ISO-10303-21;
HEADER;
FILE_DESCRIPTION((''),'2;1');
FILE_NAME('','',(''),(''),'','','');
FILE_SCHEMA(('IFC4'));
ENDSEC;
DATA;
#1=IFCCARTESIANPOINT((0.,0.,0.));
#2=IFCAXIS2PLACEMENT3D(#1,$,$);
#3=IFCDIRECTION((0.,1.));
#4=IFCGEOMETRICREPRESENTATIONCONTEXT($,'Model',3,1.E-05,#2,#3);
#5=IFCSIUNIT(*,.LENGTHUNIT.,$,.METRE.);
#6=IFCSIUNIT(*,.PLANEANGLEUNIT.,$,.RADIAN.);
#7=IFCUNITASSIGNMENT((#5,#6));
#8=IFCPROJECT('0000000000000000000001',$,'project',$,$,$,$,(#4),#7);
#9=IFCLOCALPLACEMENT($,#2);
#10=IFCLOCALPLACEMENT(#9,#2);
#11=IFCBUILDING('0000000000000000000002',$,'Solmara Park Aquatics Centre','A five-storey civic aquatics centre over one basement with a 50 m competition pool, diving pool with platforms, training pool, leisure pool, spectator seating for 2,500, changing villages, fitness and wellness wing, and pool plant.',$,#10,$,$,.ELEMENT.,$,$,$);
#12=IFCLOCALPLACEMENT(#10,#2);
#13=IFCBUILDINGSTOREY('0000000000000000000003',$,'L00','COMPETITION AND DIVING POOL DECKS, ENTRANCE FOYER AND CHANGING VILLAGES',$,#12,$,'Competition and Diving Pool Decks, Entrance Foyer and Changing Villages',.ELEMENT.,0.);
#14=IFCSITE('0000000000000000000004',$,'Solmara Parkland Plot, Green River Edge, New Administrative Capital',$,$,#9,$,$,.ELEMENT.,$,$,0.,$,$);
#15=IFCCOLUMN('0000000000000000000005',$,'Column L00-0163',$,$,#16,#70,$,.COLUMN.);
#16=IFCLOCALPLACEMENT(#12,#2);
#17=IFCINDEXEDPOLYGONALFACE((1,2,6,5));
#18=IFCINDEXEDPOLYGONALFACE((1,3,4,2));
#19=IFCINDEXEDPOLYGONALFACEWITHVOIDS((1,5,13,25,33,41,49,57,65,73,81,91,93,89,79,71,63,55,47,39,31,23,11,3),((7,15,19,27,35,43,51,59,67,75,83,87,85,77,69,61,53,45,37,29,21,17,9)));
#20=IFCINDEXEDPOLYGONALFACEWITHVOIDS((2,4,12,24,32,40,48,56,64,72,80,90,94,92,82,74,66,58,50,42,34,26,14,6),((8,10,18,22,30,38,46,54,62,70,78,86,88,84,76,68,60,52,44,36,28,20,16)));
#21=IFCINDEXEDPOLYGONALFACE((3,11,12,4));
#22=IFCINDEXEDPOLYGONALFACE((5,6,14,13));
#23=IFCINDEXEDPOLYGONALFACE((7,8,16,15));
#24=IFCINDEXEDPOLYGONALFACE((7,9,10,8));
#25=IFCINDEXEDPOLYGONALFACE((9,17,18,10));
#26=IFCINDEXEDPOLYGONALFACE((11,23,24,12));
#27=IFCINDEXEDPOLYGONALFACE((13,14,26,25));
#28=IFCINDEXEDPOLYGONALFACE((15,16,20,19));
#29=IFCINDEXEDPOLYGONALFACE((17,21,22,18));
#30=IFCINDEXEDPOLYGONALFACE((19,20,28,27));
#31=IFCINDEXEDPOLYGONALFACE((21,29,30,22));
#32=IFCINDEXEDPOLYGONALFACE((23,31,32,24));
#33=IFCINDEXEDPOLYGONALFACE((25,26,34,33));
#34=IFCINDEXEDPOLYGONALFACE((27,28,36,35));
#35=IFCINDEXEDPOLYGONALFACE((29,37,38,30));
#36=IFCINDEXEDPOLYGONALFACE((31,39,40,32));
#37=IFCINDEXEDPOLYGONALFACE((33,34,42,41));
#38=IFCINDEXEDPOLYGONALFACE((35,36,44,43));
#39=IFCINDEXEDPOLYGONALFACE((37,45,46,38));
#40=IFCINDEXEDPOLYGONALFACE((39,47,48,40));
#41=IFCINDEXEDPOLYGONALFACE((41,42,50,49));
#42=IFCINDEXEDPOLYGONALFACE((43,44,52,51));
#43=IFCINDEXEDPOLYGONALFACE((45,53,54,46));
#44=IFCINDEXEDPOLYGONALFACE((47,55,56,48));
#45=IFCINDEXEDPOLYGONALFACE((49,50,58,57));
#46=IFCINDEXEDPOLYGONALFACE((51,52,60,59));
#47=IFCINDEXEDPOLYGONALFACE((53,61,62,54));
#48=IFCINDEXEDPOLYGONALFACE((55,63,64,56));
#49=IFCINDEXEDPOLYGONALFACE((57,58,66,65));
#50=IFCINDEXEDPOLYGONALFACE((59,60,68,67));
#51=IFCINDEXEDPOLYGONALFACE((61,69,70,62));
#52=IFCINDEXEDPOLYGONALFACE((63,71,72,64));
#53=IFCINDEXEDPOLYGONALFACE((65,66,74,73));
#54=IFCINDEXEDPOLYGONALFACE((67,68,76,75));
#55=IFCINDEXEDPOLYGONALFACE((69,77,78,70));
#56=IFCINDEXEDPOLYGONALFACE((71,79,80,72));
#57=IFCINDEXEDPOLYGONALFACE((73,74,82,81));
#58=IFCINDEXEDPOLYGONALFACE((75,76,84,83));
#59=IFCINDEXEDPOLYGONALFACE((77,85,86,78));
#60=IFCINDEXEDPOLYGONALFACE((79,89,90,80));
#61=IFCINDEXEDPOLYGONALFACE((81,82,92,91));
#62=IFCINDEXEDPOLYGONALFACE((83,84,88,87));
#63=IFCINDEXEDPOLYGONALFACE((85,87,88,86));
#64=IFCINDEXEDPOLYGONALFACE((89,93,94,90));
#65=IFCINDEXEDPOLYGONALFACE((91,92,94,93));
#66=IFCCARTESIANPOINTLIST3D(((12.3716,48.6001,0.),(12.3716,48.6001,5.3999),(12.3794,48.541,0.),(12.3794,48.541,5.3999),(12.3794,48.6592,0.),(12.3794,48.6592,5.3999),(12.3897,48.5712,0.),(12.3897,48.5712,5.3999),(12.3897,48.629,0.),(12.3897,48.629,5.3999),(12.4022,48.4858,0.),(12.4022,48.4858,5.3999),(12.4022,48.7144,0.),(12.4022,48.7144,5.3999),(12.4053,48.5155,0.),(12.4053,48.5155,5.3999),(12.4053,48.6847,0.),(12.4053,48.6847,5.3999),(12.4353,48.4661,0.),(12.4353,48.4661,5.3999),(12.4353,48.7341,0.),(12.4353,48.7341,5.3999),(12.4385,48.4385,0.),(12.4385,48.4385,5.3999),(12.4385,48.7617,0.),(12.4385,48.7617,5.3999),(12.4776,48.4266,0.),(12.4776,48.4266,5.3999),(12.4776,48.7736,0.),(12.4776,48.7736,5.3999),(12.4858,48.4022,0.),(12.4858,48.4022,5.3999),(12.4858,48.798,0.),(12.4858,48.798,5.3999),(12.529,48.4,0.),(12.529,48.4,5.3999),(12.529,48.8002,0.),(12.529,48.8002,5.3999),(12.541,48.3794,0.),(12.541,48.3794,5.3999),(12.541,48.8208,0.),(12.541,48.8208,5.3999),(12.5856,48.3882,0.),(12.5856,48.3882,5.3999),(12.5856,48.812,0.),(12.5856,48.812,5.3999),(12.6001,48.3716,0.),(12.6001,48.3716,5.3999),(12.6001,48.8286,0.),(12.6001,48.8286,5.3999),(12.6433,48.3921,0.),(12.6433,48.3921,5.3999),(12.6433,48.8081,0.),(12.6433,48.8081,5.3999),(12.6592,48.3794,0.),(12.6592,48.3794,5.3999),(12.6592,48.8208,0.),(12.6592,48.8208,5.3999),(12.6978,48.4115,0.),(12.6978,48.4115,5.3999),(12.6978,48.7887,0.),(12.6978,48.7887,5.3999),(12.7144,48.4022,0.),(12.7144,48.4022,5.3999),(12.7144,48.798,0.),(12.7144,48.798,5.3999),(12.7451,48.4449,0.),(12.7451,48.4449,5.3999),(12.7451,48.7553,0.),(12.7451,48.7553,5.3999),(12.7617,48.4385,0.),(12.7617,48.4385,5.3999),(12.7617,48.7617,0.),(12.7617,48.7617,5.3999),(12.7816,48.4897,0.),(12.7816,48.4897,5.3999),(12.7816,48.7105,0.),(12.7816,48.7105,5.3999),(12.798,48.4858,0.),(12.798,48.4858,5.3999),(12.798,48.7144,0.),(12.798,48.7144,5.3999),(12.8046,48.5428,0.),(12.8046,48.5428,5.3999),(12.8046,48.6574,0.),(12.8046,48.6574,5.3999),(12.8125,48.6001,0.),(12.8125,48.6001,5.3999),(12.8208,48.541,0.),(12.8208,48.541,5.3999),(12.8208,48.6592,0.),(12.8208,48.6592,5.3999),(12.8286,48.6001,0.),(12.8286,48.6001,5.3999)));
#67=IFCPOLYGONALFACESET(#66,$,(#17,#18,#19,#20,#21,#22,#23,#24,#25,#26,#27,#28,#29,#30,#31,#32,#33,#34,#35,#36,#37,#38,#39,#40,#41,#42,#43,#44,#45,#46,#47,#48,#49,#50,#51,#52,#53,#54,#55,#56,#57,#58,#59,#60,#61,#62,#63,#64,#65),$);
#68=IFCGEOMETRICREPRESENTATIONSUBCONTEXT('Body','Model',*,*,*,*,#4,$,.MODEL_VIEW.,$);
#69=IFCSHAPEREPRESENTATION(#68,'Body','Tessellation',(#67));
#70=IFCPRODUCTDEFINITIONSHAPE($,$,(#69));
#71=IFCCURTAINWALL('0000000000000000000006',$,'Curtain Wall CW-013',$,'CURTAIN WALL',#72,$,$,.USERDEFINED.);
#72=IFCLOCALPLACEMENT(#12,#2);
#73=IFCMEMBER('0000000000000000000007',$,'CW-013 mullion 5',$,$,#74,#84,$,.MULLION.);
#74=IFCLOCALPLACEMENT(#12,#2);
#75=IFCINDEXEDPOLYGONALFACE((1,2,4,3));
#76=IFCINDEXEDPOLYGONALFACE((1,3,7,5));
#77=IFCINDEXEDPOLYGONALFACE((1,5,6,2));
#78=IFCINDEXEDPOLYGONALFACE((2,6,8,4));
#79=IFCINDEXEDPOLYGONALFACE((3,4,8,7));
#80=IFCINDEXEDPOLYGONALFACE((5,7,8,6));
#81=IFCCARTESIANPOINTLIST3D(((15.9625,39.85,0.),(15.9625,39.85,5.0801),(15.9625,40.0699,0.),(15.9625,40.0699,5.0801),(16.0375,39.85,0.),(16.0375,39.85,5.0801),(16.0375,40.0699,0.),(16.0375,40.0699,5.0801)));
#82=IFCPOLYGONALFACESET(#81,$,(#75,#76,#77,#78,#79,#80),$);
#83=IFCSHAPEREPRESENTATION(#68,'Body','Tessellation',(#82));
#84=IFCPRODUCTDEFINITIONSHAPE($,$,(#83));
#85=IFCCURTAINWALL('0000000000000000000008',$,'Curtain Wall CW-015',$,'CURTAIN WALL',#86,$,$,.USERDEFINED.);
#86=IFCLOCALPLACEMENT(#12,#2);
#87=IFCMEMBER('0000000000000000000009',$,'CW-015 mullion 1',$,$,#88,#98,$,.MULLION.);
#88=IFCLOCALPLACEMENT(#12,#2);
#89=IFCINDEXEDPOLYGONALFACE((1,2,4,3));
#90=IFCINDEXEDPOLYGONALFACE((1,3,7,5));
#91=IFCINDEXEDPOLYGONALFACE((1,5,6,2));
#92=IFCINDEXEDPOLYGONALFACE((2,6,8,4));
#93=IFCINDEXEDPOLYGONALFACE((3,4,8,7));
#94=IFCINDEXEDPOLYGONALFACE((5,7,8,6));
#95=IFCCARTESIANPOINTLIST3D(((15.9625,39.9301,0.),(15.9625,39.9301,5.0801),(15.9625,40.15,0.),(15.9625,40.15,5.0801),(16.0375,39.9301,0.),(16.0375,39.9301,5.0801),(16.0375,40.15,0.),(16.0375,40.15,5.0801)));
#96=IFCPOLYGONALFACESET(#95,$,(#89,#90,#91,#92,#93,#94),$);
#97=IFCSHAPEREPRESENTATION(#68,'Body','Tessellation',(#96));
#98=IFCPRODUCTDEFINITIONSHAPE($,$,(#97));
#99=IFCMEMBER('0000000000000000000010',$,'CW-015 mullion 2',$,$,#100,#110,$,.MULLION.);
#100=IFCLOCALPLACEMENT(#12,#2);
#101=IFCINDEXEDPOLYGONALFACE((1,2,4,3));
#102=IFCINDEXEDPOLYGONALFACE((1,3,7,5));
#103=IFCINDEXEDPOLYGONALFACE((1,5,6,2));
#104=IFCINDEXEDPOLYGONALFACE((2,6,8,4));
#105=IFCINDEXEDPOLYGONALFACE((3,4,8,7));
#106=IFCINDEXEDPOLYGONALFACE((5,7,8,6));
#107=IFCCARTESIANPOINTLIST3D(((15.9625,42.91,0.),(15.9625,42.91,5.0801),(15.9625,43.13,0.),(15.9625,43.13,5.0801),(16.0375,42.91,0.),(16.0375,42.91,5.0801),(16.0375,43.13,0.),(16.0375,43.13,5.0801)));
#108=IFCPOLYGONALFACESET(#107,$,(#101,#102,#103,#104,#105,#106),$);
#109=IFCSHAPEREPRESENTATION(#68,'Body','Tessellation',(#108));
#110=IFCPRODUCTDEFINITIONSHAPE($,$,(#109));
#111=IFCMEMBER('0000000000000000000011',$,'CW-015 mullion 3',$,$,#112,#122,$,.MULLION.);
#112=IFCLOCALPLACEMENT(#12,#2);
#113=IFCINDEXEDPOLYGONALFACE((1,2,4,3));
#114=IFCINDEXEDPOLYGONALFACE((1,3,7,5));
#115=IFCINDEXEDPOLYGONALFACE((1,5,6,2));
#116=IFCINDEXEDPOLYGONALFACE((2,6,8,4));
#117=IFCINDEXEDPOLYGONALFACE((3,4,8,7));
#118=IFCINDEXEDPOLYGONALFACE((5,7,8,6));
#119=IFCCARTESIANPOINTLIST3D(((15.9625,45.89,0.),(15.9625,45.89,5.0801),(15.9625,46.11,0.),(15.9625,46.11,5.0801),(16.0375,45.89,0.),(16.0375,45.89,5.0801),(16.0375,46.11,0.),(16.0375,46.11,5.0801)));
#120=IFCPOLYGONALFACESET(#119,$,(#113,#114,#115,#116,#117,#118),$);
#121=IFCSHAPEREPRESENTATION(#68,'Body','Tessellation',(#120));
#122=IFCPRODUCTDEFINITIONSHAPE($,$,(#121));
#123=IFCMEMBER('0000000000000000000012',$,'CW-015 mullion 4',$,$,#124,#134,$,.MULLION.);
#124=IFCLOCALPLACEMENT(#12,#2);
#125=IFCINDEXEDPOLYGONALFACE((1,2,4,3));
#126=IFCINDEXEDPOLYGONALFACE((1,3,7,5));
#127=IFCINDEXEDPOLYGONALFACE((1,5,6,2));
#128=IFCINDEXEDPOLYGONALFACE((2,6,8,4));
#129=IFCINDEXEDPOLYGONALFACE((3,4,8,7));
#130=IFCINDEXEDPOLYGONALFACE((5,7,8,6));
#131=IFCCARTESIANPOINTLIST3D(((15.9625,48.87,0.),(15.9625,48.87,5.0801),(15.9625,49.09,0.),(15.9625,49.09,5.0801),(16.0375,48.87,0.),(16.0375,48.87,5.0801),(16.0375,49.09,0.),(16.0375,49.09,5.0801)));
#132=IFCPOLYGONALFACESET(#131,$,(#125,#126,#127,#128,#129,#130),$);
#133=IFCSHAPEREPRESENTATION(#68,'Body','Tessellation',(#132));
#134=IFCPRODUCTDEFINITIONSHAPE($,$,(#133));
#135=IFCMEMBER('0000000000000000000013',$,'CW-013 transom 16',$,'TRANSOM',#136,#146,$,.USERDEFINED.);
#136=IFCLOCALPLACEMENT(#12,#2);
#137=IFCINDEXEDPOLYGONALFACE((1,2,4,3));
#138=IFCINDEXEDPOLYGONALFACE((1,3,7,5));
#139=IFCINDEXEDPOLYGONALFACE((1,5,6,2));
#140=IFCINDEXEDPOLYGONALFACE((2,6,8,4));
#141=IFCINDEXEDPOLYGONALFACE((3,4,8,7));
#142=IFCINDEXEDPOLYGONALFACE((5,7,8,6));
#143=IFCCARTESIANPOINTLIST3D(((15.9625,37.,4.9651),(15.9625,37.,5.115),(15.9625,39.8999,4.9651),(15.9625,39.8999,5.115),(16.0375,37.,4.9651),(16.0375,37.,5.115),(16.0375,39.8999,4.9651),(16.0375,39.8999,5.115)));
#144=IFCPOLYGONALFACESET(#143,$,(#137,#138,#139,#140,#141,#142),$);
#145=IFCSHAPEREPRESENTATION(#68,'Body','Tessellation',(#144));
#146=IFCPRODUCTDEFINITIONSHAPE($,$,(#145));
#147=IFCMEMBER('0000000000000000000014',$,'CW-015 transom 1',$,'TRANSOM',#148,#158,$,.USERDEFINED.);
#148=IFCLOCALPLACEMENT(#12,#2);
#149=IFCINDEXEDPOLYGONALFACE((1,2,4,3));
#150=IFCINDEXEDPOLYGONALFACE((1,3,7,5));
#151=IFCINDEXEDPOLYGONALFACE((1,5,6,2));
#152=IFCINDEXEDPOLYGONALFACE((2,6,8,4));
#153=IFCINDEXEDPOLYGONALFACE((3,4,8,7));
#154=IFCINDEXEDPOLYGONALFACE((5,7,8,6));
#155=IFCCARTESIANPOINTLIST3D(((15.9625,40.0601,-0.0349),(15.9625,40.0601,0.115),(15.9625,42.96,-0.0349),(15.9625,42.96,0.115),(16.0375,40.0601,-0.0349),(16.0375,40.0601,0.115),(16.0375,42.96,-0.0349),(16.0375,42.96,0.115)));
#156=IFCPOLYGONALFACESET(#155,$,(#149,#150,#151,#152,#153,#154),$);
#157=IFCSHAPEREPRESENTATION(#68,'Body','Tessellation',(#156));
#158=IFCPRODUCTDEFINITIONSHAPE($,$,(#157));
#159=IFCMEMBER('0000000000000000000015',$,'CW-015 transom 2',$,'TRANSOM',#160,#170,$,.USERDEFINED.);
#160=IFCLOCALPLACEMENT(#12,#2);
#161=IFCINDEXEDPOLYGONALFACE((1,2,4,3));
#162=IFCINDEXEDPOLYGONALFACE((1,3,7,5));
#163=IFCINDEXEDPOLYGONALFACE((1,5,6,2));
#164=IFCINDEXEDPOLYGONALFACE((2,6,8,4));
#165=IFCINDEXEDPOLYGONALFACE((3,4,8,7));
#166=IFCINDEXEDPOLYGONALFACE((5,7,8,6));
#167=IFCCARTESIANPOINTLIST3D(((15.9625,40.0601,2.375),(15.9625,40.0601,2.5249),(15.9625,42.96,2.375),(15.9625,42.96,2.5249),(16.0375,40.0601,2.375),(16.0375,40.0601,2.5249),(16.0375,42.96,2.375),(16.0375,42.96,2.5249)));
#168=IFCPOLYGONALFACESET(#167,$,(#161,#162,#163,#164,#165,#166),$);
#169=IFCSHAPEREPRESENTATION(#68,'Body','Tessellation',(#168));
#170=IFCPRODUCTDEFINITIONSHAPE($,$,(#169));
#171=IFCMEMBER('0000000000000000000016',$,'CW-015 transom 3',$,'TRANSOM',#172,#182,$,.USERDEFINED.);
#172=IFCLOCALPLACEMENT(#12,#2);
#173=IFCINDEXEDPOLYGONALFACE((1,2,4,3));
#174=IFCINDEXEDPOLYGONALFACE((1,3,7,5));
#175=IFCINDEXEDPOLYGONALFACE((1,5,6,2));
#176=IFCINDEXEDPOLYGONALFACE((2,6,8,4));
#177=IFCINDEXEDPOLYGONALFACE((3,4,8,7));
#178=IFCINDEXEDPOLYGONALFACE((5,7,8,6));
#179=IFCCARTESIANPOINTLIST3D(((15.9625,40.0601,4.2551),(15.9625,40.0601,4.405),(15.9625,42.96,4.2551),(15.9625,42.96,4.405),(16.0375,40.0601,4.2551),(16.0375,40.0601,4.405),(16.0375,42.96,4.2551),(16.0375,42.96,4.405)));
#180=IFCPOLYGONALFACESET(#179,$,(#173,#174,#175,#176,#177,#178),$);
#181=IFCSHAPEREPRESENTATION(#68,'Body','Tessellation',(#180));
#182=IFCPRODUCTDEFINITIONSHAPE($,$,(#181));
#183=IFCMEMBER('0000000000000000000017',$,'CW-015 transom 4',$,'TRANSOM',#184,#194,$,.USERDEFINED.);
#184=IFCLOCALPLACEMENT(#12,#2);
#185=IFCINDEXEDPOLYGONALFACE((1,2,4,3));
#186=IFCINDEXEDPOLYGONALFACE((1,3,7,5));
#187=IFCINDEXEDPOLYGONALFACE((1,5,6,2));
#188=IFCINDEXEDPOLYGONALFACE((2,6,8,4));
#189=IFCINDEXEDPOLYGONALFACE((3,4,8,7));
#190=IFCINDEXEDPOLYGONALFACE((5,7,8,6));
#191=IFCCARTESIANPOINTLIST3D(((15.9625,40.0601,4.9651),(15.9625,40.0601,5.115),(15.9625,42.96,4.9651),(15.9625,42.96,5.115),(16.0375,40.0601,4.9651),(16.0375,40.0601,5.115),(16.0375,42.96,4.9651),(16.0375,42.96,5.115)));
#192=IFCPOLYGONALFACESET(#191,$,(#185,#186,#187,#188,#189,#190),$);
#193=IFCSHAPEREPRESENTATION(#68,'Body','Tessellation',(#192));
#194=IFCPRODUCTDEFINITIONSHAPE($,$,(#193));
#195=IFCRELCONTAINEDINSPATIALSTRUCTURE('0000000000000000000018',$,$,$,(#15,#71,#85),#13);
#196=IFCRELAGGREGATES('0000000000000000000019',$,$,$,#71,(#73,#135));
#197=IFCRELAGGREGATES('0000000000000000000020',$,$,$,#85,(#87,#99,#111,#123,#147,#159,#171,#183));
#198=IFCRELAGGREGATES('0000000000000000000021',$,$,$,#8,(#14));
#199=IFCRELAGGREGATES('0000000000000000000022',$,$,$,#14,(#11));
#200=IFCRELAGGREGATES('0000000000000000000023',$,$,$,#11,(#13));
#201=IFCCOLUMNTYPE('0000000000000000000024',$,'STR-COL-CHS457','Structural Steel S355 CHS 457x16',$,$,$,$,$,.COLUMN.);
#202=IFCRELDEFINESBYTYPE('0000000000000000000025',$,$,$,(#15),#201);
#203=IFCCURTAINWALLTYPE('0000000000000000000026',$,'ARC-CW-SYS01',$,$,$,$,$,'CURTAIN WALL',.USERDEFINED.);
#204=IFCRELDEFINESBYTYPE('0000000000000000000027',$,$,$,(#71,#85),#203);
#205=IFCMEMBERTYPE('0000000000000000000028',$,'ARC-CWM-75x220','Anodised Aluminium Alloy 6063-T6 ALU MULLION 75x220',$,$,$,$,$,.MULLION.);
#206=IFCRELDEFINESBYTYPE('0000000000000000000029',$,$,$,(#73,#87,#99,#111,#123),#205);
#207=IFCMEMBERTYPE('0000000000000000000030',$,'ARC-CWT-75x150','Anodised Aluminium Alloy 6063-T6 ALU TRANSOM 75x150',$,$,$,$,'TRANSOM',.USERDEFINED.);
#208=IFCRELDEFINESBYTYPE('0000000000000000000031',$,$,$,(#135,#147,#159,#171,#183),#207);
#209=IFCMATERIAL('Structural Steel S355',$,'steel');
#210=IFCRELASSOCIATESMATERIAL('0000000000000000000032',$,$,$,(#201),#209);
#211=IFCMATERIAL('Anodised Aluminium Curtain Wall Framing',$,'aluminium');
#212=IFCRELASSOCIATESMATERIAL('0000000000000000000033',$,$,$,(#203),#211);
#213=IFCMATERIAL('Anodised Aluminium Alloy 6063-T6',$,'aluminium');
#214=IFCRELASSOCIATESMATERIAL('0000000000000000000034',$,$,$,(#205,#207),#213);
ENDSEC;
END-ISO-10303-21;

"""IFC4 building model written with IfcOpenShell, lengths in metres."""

from ifc_helpers import new_model, si_unit, direction, frame, origin, origin_2d, place, context, subcontext, project, spatial, rectangle, hollow_circle, extrude, material, material_profile, profile_set, type_object, element, aggregate, save


model = new_model("IFC4")

# Units and contexts
model_context = context("Model", 3, precision=1e-05, world=origin(), true_north=direction((0.0, 1.0)))
body_context = subcontext(model_context, "Body", "Model", "MODEL_VIEW")
ifc_project = project(units=[si_unit("LENGTHUNIT", "METRE"), si_unit("PLANEANGLEUNIT", "RADIAN")], contexts=[model_context])

# Site, building, storey
site_placement = place(None, origin())
site = spatial("IfcSite", under=ifc_project, at=site_placement, Name="Solmara Parkland Plot, Green River Edge, New Administrative Capital", CompositionType="ELEMENT", RefElevation=0.0)
building_placement = place(site_placement, origin())
building = spatial("IfcBuilding", under=site, at=building_placement, Name="Solmara Park Aquatics Centre", Description="A five-storey civic aquatics centre over one basement with a 50 m competition pool, diving pool with platforms, training pool, leisure pool, spectator seating for 2,500, changing villages, fitness and wellness wing, and pool plant.", CompositionType="ELEMENT")
storey_placement = place(building_placement, origin())
storey = spatial("IfcBuildingStorey", under=building, at=storey_placement, Name="L00", Description="COMPETITION AND DIVING POOL DECKS, ENTRANCE FOYER AND CHANGING VILLAGES", LongName="Competition and Diving Pool Decks, Entrance Foyer and Changing Villages", CompositionType="ELEMENT", Elevation=0.0)

# Column
ifc_material_1 = material(Name="Structural Steel S355", Category="steel")
ifc_material_profile_1 = material_profile(ifc_material_1, hollow_circle(Radius=0.2285, WallThickness=0.0161, at=origin_2d()), Name="CHS 457x16")
ifc_profile_set_1 = profile_set([ifc_material_profile_1], Name="Structural Steel S355")
column_type = type_object("IfcColumnType", Name="STR-COL-CHS457", Description="Structural Steel S355 CHS 457x16", PredefinedType="COLUMN", material=ifc_profile_set_1)
column_placement = place(storey_placement, frame((12.6001, 48.6001, 0.0), z_axis=(0.0, 0.0, 1.0), x_axis=(1.0, 0.0, 0.0)))
element("IfcColumn", 1, at=column_placement, inside=storey, type_object=column_type, Name="Column L00-0163", PredefinedType="COLUMN", context=body_context, shape_type="SweptSolid", body=[
    extrude(hollow_circle(Radius=0.2285, WallThickness=0.0161, at=origin_2d()), origin(), (0.0, 0.0, 1.0), 5.3999),
])

# Curtain wall, member
ifc_material_2 = material(Name="Anodised Aluminium Curtain Wall Framing", Category="aluminium")
curtain_wall_type = type_object("IfcCurtainWallType", Name="ARC-CW-SYS01", ElementType="CURTAIN WALL", PredefinedType="USERDEFINED", material=ifc_material_2)
curtain_wall_1_placement = place(storey_placement, origin())
curtain_wall_1 = element("IfcCurtainWall", 2, at=curtain_wall_1_placement, inside=storey, type_object=curtain_wall_type, Name="Curtain Wall CW-013", ObjectType="CURTAIN WALL", PredefinedType="USERDEFINED")
ifc_material_3 = material(Name="Anodised Aluminium Alloy 6063-T6", Category="aluminium")
ifc_material_profile_2 = material_profile(ifc_material_3, rectangle(XDim=0.075, YDim=0.22, at=origin_2d()), Name="ALU MULLION 75x220")
ifc_profile_set_2 = profile_set([ifc_material_profile_2], Name="Anodised Aluminium Alloy 6063-T6")
member_type_1 = type_object("IfcMemberType", Name="ARC-CWM-75x220", Description="Anodised Aluminium Alloy 6063-T6 ALU MULLION 75x220", PredefinedType="MULLION", material=ifc_profile_set_2)
member_1_placement = place(storey_placement, frame((16.0, 39.96, 0.0), z_axis=(0.0, 0.0, 1.0), x_axis=(1.0, 0.0, 0.0)))
member_1 = element("IfcMember", 3, at=member_1_placement, type_object=member_type_1, Name="CW-013 mullion 5", PredefinedType="MULLION", context=body_context, shape_type="SweptSolid", body=[
    extrude(rectangle(XDim=0.075, YDim=0.22, at=origin_2d()), origin(), (0.0, 0.0, 1.0), 5.0801),
])

# Curtain wall, members
curtain_wall_2_placement = place(storey_placement, origin())
curtain_wall_2 = element("IfcCurtainWall", 4, at=curtain_wall_2_placement, inside=storey, type_object=curtain_wall_type, Name="Curtain Wall CW-015", ObjectType="CURTAIN WALL", PredefinedType="USERDEFINED")
member_2_placement = place(storey_placement, frame((16.0, 40.04, 0.0), z_axis=(0.0, 0.0, 1.0), x_axis=(1.0, 0.0, 0.0)))
member_2 = element("IfcMember", 5, at=member_2_placement, type_object=member_type_1, Name="CW-015 mullion 1", PredefinedType="MULLION", context=body_context, shape_type="SweptSolid", body=[
    extrude(rectangle(XDim=0.075, YDim=0.22, at=origin_2d()), origin(), (0.0, 0.0, 1.0), 5.0801),
])
member_3_placement = place(storey_placement, frame((16.0, 43.02, 0.0), z_axis=(0.0, 0.0, 1.0), x_axis=(1.0, 0.0, 0.0)))
member_3 = element("IfcMember", 6, at=member_3_placement, type_object=member_type_1, Name="CW-015 mullion 2", PredefinedType="MULLION", context=body_context, shape_type="SweptSolid", body=[
    extrude(rectangle(XDim=0.075, YDim=0.22, at=origin_2d()), origin(), (0.0, 0.0, 1.0), 5.0801),
])
member_4_placement = place(storey_placement, frame((16.0, 46.0, 0.0), z_axis=(0.0, 0.0, 1.0), x_axis=(1.0, 0.0, 0.0)))
member_4 = element("IfcMember", 7, at=member_4_placement, type_object=member_type_1, Name="CW-015 mullion 3", PredefinedType="MULLION", context=body_context, shape_type="SweptSolid", body=[
    extrude(rectangle(XDim=0.075, YDim=0.22, at=origin_2d()), origin(), (0.0, 0.0, 1.0), 5.0801),
])
member_5_placement = place(storey_placement, frame((16.0, 48.98, 0.0), z_axis=(0.0, 0.0, 1.0), x_axis=(1.0, 0.0, 0.0)))
member_5 = element("IfcMember", 8, at=member_5_placement, type_object=member_type_1, Name="CW-015 mullion 4", PredefinedType="MULLION", context=body_context, shape_type="SweptSolid", body=[
    extrude(rectangle(XDim=0.075, YDim=0.22, at=origin_2d()), origin(), (0.0, 0.0, 1.0), 5.0801),
])

# Members
ifc_material_profile_3 = material_profile(ifc_material_3, rectangle(XDim=0.075, YDim=0.1499, at=origin_2d()), Name="ALU TRANSOM 75x150")
ifc_profile_set_3 = profile_set([ifc_material_profile_3], Name="Anodised Aluminium Alloy 6063-T6")
member_type_2 = type_object("IfcMemberType", Name="ARC-CWT-75x150", Description="Anodised Aluminium Alloy 6063-T6 ALU TRANSOM 75x150", ElementType="TRANSOM", PredefinedType="USERDEFINED", material=ifc_profile_set_3)
member_6_placement = place(storey_placement, frame((16.0, 37.0, 5.04), z_axis=(0.0, 1.0, 0.0), x_axis=(-1.0, 0.0, 0.0)))
member_6 = element("IfcMember", 9, at=member_6_placement, type_object=member_type_2, Name="CW-013 transom 16", ObjectType="TRANSOM", PredefinedType="USERDEFINED", context=body_context, shape_type="SweptSolid", body=[
    extrude(rectangle(XDim=0.075, YDim=0.1499, at=origin_2d()), origin(), (0.0, 0.0, 1.0), 2.8999),
])
member_7_placement = place(storey_placement, frame((16.0, 40.0601, 0.04), z_axis=(0.0, 1.0, 0.0), x_axis=(-1.0, 0.0, 0.0)))
member_7 = element("IfcMember", 10, at=member_7_placement, type_object=member_type_2, Name="CW-015 transom 1", ObjectType="TRANSOM", PredefinedType="USERDEFINED", context=body_context, shape_type="SweptSolid", body=[
    extrude(rectangle(XDim=0.075, YDim=0.1499, at=origin_2d()), origin(), (0.0, 0.0, 1.0), 2.8999),
])
member_8_placement = place(storey_placement, frame((16.0, 40.0601, 2.45), z_axis=(0.0, 1.0, 0.0), x_axis=(-1.0, 0.0, 0.0)))
member_8 = element("IfcMember", 11, at=member_8_placement, type_object=member_type_2, Name="CW-015 transom 2", ObjectType="TRANSOM", PredefinedType="USERDEFINED", context=body_context, shape_type="SweptSolid", body=[
    extrude(rectangle(XDim=0.075, YDim=0.1499, at=origin_2d()), origin(), (0.0, 0.0, 1.0), 2.8999),
])
member_9_placement = place(storey_placement, frame((16.0, 40.0601, 4.3301), z_axis=(0.0, 1.0, 0.0), x_axis=(-1.0, 0.0, 0.0)))
member_9 = element("IfcMember", 12, at=member_9_placement, type_object=member_type_2, Name="CW-015 transom 3", ObjectType="TRANSOM", PredefinedType="USERDEFINED", context=body_context, shape_type="SweptSolid", body=[
    extrude(rectangle(XDim=0.075, YDim=0.1499, at=origin_2d()), origin(), (0.0, 0.0, 1.0), 2.8999),
])
member_10_placement = place(storey_placement, frame((16.0, 40.0601, 5.04), z_axis=(0.0, 1.0, 0.0), x_axis=(-1.0, 0.0, 0.0)))
member_10 = element("IfcMember", 13, at=member_10_placement, type_object=member_type_2, Name="CW-015 transom 4", ObjectType="TRANSOM", PredefinedType="USERDEFINED", context=body_context, shape_type="SweptSolid", body=[
    extrude(rectangle(XDim=0.075, YDim=0.1499, at=origin_2d()), origin(), (0.0, 0.0, 1.0), 2.8999),
])

aggregate(curtain_wall_1, [member_1, member_6])
aggregate(curtain_wall_2, [member_2, member_3, member_4, member_5, member_7, member_8, member_9, member_10])

save(model, "model.ifc")
